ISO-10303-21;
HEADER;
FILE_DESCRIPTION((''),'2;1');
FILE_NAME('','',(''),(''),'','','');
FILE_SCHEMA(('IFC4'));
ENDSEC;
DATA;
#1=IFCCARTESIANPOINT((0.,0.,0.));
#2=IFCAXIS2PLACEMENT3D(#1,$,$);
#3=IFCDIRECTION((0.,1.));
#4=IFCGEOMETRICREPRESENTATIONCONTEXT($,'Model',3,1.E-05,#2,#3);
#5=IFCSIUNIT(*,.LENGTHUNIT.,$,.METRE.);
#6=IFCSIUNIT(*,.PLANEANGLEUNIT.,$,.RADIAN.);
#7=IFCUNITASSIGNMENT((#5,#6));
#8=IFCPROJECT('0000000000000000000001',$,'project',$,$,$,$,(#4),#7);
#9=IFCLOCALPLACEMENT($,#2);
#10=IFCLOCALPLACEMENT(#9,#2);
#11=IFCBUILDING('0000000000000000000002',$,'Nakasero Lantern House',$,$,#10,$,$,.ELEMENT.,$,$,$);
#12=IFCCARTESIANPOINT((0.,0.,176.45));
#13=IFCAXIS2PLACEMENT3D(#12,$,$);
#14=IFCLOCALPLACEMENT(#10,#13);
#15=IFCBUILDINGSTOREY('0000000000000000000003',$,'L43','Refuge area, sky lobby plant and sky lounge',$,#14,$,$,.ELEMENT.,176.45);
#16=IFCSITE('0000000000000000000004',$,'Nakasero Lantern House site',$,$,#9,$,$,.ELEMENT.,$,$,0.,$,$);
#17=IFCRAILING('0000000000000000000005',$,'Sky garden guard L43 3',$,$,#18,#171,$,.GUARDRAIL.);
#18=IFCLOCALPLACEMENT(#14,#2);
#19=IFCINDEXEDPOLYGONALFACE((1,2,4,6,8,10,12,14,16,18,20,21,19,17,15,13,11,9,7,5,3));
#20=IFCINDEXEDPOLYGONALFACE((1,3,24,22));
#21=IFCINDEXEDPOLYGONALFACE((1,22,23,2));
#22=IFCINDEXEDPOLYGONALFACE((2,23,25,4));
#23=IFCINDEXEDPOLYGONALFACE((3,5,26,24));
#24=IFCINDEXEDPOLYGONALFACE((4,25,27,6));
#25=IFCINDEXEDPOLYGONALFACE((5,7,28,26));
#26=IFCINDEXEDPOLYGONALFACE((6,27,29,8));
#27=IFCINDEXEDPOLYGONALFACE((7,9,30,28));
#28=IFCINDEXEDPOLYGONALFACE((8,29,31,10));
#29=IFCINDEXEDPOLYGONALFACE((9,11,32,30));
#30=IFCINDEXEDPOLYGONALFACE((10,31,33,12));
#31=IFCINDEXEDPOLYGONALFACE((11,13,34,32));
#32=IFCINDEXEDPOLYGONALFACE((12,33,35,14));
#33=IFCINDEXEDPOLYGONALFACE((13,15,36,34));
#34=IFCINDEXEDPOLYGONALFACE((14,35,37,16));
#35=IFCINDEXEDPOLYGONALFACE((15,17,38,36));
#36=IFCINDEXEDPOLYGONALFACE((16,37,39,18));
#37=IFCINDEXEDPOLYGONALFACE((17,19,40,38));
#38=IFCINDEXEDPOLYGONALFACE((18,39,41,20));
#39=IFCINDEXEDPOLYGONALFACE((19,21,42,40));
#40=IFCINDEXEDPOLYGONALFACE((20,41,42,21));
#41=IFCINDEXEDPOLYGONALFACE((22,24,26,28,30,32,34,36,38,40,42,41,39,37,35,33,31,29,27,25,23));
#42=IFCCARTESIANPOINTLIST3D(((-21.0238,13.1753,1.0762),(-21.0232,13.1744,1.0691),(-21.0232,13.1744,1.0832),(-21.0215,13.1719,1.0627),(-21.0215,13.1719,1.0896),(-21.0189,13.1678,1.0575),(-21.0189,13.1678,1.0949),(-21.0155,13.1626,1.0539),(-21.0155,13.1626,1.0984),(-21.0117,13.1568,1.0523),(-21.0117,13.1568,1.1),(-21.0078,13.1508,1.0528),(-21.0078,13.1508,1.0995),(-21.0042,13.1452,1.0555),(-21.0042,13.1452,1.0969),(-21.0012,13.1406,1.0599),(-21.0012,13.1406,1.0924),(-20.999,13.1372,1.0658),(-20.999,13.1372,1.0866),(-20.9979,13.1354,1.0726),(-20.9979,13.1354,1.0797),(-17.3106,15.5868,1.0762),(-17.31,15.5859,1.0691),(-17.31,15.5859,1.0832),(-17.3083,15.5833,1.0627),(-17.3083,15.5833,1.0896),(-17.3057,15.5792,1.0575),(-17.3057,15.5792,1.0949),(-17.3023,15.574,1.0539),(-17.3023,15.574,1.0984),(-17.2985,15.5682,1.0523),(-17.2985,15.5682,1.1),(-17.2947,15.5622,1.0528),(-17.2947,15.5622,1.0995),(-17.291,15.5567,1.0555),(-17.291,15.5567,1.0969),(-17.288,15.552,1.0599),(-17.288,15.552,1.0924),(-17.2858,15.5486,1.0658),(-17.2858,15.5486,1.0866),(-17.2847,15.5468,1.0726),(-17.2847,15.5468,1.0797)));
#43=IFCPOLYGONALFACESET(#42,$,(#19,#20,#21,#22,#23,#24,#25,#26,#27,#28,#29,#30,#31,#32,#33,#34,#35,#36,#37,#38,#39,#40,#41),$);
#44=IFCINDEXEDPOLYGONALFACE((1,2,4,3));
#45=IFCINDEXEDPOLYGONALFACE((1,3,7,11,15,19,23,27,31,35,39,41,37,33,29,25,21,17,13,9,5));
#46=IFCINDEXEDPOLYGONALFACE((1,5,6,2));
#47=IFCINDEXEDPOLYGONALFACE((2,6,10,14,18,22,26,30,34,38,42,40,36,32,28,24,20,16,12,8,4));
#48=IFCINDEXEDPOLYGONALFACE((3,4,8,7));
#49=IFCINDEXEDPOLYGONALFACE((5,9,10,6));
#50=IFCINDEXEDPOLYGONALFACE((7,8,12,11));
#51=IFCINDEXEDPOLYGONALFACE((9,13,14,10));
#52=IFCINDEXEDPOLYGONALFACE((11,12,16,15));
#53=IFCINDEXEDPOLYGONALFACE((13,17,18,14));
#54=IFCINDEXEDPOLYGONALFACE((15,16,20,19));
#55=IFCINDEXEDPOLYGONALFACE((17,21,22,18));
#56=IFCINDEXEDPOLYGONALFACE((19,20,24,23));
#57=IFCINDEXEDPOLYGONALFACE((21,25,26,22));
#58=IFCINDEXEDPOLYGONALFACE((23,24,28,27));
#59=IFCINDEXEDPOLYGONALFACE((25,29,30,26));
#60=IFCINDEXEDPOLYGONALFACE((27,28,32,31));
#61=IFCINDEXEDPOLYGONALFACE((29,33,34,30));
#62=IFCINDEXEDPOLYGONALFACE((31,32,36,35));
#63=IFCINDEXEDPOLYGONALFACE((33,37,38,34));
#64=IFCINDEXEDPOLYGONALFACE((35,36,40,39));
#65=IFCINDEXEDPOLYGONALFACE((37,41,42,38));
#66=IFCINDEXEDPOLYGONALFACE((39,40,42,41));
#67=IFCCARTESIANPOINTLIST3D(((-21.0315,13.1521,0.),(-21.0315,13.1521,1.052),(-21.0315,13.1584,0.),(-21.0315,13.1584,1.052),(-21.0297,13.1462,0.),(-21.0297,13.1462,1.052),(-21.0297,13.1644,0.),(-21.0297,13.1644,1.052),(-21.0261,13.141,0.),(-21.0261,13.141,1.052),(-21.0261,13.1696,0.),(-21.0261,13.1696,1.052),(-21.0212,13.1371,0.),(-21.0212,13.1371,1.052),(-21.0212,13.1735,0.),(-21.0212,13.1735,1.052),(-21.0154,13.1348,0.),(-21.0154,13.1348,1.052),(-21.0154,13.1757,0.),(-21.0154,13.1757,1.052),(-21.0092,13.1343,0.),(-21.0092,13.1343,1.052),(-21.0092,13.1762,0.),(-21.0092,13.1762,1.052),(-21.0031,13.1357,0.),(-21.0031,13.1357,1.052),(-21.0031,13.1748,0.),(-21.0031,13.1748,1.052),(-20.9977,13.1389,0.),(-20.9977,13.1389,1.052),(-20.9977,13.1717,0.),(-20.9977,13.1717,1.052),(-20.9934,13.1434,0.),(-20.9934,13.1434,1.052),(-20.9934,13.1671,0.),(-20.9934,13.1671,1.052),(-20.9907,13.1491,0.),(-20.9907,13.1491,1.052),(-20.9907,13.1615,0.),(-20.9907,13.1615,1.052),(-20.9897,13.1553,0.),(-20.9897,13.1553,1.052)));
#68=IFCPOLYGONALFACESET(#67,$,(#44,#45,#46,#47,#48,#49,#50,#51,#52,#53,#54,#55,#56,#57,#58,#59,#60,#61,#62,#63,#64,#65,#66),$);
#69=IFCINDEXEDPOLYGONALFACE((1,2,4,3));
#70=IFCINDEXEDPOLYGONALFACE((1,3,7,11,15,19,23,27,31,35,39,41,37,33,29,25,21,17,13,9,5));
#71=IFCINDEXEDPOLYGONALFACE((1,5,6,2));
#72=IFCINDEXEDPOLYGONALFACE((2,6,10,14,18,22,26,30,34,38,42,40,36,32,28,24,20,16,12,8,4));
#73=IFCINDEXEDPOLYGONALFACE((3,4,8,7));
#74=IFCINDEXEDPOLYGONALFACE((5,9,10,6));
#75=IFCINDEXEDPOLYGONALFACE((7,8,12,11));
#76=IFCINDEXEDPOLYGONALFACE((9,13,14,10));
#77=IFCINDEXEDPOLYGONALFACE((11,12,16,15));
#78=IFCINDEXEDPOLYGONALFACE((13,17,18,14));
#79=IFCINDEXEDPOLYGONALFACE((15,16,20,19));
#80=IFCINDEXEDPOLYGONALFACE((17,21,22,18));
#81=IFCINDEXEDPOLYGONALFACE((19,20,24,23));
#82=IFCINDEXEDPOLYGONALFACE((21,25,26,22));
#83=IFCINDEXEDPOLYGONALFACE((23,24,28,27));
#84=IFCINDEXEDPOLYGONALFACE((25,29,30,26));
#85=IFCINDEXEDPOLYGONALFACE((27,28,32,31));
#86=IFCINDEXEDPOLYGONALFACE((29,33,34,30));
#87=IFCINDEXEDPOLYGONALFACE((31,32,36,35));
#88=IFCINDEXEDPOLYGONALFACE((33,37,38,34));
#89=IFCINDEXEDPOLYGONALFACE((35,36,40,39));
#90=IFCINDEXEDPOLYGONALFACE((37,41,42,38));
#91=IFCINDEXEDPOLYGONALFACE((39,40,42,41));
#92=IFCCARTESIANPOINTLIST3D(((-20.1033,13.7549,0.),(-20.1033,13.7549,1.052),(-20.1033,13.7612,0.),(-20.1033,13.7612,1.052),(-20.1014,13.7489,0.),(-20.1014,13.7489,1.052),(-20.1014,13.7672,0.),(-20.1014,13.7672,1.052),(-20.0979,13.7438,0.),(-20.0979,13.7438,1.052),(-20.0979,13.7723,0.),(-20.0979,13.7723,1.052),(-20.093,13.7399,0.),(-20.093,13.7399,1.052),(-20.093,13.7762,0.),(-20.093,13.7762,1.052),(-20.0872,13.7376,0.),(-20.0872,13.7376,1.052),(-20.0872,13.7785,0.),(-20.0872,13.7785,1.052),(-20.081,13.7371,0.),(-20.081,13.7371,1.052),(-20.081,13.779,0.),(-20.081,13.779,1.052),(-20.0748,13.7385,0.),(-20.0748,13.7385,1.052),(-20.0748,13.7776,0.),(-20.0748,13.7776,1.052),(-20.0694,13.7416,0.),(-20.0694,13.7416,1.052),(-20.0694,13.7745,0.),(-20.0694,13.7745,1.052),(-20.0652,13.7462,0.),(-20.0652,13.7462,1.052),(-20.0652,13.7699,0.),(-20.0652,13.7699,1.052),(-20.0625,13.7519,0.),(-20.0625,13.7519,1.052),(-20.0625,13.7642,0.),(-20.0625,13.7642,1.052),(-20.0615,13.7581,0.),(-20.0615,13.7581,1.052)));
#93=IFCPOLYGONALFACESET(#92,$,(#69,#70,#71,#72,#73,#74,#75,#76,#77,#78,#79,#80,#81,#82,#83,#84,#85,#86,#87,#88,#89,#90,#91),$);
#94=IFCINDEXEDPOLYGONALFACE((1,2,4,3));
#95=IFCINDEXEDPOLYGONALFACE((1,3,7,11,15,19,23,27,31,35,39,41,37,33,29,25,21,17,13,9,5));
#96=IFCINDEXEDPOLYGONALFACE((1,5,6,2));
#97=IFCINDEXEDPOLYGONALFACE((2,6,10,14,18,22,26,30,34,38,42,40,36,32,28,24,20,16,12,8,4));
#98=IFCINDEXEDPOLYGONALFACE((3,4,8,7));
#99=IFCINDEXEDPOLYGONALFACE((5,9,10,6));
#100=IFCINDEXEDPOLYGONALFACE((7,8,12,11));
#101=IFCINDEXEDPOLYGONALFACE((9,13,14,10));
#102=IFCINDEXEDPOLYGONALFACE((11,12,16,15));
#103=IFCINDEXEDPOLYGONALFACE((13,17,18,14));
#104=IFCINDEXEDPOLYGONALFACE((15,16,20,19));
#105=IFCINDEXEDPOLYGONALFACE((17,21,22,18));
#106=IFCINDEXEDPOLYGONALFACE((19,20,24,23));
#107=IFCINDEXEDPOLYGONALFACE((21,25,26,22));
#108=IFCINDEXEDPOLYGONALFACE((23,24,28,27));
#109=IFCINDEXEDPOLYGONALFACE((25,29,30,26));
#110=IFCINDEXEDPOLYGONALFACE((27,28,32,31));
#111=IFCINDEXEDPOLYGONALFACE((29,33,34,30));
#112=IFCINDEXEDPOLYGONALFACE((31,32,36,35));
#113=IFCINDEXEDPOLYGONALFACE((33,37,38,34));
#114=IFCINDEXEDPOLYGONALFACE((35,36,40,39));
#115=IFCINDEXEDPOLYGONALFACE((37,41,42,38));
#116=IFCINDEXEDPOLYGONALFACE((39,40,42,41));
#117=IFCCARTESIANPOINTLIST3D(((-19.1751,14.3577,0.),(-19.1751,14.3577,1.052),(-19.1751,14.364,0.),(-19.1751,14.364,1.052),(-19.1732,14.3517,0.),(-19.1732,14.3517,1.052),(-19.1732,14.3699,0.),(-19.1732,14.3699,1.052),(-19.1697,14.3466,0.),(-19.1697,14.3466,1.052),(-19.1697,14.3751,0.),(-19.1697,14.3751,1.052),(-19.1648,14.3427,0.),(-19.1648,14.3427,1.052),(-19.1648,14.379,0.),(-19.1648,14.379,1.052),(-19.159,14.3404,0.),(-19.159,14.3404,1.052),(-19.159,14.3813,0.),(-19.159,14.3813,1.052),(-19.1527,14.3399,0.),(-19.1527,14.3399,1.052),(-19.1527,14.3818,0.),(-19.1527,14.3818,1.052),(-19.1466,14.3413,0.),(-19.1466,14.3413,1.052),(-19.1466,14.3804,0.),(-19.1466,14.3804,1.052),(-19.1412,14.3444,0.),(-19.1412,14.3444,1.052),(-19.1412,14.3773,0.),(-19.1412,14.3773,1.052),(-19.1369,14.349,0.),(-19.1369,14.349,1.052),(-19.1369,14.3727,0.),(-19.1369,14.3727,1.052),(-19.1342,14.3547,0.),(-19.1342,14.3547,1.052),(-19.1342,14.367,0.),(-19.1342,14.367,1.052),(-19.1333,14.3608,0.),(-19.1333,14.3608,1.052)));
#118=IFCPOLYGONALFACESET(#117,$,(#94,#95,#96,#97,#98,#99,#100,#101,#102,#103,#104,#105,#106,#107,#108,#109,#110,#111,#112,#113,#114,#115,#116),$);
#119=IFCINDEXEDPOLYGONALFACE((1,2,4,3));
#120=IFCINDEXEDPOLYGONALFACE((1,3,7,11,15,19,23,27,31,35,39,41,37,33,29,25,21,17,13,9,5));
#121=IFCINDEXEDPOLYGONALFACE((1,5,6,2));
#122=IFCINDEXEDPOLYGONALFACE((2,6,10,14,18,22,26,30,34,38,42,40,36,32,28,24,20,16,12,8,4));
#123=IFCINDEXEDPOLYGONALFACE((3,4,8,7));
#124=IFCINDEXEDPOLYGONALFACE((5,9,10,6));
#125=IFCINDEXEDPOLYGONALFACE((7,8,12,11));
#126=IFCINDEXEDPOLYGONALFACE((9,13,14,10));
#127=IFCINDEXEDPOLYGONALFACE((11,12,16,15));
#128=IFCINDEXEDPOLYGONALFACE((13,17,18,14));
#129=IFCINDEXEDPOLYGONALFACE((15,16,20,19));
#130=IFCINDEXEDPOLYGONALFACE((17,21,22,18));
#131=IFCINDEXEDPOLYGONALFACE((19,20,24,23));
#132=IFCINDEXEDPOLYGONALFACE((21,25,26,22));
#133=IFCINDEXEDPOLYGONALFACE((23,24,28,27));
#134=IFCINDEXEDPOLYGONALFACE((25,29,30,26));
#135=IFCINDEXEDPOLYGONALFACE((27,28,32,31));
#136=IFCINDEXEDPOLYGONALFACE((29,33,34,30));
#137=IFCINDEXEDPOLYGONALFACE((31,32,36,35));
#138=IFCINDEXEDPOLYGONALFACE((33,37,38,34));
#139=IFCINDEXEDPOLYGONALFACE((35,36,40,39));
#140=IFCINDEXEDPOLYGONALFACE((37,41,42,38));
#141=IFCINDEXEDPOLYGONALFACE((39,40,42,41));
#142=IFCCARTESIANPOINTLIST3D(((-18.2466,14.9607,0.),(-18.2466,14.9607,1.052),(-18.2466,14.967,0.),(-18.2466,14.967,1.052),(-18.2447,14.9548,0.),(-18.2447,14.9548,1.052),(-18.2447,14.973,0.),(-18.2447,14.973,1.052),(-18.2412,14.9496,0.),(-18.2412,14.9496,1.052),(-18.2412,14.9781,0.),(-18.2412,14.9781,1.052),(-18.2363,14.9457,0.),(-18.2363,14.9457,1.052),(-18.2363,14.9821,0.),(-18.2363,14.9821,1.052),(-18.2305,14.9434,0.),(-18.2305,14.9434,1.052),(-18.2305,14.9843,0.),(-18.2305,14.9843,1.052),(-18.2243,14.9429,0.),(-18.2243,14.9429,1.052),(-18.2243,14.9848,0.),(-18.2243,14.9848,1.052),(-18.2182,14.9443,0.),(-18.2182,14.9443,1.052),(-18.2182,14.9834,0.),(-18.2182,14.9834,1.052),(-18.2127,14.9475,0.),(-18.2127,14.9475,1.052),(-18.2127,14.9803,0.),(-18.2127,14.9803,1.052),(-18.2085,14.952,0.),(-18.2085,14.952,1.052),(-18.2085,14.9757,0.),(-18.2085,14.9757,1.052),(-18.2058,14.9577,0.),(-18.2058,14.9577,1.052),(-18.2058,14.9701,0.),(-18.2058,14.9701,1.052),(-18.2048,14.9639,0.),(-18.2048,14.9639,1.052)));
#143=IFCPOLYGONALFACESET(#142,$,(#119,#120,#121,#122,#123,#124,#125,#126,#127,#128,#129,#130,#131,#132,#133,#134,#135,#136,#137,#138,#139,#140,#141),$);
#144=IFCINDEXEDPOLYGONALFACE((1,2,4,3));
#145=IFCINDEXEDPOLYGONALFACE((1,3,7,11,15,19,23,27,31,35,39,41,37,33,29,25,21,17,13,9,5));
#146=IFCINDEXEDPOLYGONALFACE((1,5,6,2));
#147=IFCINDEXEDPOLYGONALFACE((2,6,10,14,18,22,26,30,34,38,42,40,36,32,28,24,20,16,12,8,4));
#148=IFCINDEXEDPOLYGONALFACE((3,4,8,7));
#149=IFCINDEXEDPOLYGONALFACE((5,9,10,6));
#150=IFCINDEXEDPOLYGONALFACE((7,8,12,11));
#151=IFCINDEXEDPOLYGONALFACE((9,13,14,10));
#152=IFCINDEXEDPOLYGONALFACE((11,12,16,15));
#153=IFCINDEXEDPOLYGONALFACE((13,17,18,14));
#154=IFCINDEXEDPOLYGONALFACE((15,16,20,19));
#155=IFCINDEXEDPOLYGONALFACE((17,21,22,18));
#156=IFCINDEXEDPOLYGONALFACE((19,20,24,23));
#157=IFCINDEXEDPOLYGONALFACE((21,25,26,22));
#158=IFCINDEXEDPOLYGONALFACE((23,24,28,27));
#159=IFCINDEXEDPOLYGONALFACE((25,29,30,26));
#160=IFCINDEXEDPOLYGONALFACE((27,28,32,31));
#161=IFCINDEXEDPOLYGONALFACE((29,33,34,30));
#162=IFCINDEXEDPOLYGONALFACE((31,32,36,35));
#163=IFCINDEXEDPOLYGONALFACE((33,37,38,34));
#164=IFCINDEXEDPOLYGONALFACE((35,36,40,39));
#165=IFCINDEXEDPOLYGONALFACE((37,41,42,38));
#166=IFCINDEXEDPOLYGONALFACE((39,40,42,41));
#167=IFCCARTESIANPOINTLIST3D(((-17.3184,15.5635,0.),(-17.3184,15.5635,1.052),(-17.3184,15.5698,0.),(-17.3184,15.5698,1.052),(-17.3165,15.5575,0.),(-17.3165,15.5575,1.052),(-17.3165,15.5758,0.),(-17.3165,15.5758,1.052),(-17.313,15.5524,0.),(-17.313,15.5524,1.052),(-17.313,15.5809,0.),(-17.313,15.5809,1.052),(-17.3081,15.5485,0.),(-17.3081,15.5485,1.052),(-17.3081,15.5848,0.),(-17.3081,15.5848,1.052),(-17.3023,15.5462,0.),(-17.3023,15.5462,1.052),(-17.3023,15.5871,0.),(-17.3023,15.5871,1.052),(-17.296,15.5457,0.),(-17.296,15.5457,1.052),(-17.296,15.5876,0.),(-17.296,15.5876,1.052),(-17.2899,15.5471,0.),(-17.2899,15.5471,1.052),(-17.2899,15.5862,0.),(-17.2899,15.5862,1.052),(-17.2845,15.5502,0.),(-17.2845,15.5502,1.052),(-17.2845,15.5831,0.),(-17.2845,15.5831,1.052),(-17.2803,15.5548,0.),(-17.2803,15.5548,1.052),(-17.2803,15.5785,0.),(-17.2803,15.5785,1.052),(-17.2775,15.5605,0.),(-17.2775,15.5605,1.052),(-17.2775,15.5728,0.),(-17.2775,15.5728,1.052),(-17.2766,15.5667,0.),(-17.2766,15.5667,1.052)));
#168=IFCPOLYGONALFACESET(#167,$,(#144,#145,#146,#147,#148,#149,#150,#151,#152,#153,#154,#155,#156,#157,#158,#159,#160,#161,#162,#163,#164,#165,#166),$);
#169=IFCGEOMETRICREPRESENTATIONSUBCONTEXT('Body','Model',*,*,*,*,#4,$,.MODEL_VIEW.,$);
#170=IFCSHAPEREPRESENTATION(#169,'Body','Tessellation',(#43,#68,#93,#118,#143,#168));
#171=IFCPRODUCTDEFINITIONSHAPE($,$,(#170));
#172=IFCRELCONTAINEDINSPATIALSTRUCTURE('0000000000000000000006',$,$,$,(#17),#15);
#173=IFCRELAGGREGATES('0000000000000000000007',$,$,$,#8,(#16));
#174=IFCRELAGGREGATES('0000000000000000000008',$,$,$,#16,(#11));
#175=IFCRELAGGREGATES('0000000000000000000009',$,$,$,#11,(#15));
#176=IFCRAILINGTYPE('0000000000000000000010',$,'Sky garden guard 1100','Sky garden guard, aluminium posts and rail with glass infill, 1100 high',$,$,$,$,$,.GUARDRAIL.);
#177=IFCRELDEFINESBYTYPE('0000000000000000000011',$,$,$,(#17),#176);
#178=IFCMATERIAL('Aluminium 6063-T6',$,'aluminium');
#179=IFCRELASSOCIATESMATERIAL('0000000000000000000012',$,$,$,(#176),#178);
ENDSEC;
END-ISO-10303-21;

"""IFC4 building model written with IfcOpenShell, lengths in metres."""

from ifc_helpers import new_model, si_unit, direction, frame, origin, origin_2d, place, context, subcontext, project, spatial, circle, extrude, material, type_object, element, save


model = new_model("IFC4")

# Units and contexts
model_context = context("Model", 3, precision=1e-05, world=origin(), true_north=direction((0.0, 1.0)))
body_context = subcontext(model_context, "Body", "Model", "MODEL_VIEW")
ifc_project = project(units=[si_unit("LENGTHUNIT", "METRE"), si_unit("PLANEANGLEUNIT", "RADIAN")], contexts=[model_context])

# Site, building, storey
site_placement = place(None, origin())
site = spatial("IfcSite", under=ifc_project, at=site_placement, Name="Nakasero Lantern House site", CompositionType="ELEMENT", RefElevation=0.0)
building_placement = place(site_placement, origin())
building = spatial("IfcBuilding", under=site, at=building_placement, Name="Nakasero Lantern House", CompositionType="ELEMENT")
storey_placement = place(building_placement, frame((0.0, 0.0, 176.45)))
storey = spatial("IfcBuildingStorey", under=building, at=storey_placement, Name="L43", Description="Refuge area, sky lobby plant and sky lounge", CompositionType="ELEMENT", Elevation=176.45)

# Railing
ifc_material_1 = material(Name="Aluminium 6063-T6", Category="aluminium")
railing_type = type_object("IfcRailingType", Name="Sky garden guard 1100", Description="Sky garden guard, aluminium posts and rail with glass infill, 1100 high", PredefinedType="GUARDRAIL", material=ifc_material_1)
railing_1_placement = place(storey_placement, frame((-21.0107, 13.1553, 0.0)))
element("IfcRailing", 1, at=railing_1_placement, inside=storey, type_object=railing_type, Name="Sky garden guard L43 3", PredefinedType="GUARDRAIL", context=body_context, shape_type="SweptSolid", body=[
    extrude(circle(Radius=0.0239, at=origin_2d()), frame((0.0, 0.0, 1.0762), z_axis=(0.838667, 0.544645, 0.0), x_axis=(-0.544645, 0.838667, 0.0)), (0.0, 0.0, 1.0), 4.4275),
    extrude(circle(Radius=0.021, at=origin_2d()), origin(), (0.0, 0.0, 1.0), 1.052),
    extrude(circle(Radius=0.021, at=origin_2d()), frame((0.9282, 0.6028, 0.0)), (0.0, 0.0, 1.0), 1.052),
    extrude(circle(Radius=0.021, at=origin_2d()), frame((1.8564, 1.2056, 0.0)), (0.0, 0.0, 1.0), 1.052),
    extrude(circle(Radius=0.021, at=origin_2d()), frame((2.7849, 1.8086, 0.0)), (0.0, 0.0, 1.0), 1.052),
    extrude(circle(Radius=0.021, at=origin_2d()), frame((3.7131, 2.4114, 0.0)), (0.0, 0.0, 1.0), 1.052),
])

save(model, "model.ifc")
